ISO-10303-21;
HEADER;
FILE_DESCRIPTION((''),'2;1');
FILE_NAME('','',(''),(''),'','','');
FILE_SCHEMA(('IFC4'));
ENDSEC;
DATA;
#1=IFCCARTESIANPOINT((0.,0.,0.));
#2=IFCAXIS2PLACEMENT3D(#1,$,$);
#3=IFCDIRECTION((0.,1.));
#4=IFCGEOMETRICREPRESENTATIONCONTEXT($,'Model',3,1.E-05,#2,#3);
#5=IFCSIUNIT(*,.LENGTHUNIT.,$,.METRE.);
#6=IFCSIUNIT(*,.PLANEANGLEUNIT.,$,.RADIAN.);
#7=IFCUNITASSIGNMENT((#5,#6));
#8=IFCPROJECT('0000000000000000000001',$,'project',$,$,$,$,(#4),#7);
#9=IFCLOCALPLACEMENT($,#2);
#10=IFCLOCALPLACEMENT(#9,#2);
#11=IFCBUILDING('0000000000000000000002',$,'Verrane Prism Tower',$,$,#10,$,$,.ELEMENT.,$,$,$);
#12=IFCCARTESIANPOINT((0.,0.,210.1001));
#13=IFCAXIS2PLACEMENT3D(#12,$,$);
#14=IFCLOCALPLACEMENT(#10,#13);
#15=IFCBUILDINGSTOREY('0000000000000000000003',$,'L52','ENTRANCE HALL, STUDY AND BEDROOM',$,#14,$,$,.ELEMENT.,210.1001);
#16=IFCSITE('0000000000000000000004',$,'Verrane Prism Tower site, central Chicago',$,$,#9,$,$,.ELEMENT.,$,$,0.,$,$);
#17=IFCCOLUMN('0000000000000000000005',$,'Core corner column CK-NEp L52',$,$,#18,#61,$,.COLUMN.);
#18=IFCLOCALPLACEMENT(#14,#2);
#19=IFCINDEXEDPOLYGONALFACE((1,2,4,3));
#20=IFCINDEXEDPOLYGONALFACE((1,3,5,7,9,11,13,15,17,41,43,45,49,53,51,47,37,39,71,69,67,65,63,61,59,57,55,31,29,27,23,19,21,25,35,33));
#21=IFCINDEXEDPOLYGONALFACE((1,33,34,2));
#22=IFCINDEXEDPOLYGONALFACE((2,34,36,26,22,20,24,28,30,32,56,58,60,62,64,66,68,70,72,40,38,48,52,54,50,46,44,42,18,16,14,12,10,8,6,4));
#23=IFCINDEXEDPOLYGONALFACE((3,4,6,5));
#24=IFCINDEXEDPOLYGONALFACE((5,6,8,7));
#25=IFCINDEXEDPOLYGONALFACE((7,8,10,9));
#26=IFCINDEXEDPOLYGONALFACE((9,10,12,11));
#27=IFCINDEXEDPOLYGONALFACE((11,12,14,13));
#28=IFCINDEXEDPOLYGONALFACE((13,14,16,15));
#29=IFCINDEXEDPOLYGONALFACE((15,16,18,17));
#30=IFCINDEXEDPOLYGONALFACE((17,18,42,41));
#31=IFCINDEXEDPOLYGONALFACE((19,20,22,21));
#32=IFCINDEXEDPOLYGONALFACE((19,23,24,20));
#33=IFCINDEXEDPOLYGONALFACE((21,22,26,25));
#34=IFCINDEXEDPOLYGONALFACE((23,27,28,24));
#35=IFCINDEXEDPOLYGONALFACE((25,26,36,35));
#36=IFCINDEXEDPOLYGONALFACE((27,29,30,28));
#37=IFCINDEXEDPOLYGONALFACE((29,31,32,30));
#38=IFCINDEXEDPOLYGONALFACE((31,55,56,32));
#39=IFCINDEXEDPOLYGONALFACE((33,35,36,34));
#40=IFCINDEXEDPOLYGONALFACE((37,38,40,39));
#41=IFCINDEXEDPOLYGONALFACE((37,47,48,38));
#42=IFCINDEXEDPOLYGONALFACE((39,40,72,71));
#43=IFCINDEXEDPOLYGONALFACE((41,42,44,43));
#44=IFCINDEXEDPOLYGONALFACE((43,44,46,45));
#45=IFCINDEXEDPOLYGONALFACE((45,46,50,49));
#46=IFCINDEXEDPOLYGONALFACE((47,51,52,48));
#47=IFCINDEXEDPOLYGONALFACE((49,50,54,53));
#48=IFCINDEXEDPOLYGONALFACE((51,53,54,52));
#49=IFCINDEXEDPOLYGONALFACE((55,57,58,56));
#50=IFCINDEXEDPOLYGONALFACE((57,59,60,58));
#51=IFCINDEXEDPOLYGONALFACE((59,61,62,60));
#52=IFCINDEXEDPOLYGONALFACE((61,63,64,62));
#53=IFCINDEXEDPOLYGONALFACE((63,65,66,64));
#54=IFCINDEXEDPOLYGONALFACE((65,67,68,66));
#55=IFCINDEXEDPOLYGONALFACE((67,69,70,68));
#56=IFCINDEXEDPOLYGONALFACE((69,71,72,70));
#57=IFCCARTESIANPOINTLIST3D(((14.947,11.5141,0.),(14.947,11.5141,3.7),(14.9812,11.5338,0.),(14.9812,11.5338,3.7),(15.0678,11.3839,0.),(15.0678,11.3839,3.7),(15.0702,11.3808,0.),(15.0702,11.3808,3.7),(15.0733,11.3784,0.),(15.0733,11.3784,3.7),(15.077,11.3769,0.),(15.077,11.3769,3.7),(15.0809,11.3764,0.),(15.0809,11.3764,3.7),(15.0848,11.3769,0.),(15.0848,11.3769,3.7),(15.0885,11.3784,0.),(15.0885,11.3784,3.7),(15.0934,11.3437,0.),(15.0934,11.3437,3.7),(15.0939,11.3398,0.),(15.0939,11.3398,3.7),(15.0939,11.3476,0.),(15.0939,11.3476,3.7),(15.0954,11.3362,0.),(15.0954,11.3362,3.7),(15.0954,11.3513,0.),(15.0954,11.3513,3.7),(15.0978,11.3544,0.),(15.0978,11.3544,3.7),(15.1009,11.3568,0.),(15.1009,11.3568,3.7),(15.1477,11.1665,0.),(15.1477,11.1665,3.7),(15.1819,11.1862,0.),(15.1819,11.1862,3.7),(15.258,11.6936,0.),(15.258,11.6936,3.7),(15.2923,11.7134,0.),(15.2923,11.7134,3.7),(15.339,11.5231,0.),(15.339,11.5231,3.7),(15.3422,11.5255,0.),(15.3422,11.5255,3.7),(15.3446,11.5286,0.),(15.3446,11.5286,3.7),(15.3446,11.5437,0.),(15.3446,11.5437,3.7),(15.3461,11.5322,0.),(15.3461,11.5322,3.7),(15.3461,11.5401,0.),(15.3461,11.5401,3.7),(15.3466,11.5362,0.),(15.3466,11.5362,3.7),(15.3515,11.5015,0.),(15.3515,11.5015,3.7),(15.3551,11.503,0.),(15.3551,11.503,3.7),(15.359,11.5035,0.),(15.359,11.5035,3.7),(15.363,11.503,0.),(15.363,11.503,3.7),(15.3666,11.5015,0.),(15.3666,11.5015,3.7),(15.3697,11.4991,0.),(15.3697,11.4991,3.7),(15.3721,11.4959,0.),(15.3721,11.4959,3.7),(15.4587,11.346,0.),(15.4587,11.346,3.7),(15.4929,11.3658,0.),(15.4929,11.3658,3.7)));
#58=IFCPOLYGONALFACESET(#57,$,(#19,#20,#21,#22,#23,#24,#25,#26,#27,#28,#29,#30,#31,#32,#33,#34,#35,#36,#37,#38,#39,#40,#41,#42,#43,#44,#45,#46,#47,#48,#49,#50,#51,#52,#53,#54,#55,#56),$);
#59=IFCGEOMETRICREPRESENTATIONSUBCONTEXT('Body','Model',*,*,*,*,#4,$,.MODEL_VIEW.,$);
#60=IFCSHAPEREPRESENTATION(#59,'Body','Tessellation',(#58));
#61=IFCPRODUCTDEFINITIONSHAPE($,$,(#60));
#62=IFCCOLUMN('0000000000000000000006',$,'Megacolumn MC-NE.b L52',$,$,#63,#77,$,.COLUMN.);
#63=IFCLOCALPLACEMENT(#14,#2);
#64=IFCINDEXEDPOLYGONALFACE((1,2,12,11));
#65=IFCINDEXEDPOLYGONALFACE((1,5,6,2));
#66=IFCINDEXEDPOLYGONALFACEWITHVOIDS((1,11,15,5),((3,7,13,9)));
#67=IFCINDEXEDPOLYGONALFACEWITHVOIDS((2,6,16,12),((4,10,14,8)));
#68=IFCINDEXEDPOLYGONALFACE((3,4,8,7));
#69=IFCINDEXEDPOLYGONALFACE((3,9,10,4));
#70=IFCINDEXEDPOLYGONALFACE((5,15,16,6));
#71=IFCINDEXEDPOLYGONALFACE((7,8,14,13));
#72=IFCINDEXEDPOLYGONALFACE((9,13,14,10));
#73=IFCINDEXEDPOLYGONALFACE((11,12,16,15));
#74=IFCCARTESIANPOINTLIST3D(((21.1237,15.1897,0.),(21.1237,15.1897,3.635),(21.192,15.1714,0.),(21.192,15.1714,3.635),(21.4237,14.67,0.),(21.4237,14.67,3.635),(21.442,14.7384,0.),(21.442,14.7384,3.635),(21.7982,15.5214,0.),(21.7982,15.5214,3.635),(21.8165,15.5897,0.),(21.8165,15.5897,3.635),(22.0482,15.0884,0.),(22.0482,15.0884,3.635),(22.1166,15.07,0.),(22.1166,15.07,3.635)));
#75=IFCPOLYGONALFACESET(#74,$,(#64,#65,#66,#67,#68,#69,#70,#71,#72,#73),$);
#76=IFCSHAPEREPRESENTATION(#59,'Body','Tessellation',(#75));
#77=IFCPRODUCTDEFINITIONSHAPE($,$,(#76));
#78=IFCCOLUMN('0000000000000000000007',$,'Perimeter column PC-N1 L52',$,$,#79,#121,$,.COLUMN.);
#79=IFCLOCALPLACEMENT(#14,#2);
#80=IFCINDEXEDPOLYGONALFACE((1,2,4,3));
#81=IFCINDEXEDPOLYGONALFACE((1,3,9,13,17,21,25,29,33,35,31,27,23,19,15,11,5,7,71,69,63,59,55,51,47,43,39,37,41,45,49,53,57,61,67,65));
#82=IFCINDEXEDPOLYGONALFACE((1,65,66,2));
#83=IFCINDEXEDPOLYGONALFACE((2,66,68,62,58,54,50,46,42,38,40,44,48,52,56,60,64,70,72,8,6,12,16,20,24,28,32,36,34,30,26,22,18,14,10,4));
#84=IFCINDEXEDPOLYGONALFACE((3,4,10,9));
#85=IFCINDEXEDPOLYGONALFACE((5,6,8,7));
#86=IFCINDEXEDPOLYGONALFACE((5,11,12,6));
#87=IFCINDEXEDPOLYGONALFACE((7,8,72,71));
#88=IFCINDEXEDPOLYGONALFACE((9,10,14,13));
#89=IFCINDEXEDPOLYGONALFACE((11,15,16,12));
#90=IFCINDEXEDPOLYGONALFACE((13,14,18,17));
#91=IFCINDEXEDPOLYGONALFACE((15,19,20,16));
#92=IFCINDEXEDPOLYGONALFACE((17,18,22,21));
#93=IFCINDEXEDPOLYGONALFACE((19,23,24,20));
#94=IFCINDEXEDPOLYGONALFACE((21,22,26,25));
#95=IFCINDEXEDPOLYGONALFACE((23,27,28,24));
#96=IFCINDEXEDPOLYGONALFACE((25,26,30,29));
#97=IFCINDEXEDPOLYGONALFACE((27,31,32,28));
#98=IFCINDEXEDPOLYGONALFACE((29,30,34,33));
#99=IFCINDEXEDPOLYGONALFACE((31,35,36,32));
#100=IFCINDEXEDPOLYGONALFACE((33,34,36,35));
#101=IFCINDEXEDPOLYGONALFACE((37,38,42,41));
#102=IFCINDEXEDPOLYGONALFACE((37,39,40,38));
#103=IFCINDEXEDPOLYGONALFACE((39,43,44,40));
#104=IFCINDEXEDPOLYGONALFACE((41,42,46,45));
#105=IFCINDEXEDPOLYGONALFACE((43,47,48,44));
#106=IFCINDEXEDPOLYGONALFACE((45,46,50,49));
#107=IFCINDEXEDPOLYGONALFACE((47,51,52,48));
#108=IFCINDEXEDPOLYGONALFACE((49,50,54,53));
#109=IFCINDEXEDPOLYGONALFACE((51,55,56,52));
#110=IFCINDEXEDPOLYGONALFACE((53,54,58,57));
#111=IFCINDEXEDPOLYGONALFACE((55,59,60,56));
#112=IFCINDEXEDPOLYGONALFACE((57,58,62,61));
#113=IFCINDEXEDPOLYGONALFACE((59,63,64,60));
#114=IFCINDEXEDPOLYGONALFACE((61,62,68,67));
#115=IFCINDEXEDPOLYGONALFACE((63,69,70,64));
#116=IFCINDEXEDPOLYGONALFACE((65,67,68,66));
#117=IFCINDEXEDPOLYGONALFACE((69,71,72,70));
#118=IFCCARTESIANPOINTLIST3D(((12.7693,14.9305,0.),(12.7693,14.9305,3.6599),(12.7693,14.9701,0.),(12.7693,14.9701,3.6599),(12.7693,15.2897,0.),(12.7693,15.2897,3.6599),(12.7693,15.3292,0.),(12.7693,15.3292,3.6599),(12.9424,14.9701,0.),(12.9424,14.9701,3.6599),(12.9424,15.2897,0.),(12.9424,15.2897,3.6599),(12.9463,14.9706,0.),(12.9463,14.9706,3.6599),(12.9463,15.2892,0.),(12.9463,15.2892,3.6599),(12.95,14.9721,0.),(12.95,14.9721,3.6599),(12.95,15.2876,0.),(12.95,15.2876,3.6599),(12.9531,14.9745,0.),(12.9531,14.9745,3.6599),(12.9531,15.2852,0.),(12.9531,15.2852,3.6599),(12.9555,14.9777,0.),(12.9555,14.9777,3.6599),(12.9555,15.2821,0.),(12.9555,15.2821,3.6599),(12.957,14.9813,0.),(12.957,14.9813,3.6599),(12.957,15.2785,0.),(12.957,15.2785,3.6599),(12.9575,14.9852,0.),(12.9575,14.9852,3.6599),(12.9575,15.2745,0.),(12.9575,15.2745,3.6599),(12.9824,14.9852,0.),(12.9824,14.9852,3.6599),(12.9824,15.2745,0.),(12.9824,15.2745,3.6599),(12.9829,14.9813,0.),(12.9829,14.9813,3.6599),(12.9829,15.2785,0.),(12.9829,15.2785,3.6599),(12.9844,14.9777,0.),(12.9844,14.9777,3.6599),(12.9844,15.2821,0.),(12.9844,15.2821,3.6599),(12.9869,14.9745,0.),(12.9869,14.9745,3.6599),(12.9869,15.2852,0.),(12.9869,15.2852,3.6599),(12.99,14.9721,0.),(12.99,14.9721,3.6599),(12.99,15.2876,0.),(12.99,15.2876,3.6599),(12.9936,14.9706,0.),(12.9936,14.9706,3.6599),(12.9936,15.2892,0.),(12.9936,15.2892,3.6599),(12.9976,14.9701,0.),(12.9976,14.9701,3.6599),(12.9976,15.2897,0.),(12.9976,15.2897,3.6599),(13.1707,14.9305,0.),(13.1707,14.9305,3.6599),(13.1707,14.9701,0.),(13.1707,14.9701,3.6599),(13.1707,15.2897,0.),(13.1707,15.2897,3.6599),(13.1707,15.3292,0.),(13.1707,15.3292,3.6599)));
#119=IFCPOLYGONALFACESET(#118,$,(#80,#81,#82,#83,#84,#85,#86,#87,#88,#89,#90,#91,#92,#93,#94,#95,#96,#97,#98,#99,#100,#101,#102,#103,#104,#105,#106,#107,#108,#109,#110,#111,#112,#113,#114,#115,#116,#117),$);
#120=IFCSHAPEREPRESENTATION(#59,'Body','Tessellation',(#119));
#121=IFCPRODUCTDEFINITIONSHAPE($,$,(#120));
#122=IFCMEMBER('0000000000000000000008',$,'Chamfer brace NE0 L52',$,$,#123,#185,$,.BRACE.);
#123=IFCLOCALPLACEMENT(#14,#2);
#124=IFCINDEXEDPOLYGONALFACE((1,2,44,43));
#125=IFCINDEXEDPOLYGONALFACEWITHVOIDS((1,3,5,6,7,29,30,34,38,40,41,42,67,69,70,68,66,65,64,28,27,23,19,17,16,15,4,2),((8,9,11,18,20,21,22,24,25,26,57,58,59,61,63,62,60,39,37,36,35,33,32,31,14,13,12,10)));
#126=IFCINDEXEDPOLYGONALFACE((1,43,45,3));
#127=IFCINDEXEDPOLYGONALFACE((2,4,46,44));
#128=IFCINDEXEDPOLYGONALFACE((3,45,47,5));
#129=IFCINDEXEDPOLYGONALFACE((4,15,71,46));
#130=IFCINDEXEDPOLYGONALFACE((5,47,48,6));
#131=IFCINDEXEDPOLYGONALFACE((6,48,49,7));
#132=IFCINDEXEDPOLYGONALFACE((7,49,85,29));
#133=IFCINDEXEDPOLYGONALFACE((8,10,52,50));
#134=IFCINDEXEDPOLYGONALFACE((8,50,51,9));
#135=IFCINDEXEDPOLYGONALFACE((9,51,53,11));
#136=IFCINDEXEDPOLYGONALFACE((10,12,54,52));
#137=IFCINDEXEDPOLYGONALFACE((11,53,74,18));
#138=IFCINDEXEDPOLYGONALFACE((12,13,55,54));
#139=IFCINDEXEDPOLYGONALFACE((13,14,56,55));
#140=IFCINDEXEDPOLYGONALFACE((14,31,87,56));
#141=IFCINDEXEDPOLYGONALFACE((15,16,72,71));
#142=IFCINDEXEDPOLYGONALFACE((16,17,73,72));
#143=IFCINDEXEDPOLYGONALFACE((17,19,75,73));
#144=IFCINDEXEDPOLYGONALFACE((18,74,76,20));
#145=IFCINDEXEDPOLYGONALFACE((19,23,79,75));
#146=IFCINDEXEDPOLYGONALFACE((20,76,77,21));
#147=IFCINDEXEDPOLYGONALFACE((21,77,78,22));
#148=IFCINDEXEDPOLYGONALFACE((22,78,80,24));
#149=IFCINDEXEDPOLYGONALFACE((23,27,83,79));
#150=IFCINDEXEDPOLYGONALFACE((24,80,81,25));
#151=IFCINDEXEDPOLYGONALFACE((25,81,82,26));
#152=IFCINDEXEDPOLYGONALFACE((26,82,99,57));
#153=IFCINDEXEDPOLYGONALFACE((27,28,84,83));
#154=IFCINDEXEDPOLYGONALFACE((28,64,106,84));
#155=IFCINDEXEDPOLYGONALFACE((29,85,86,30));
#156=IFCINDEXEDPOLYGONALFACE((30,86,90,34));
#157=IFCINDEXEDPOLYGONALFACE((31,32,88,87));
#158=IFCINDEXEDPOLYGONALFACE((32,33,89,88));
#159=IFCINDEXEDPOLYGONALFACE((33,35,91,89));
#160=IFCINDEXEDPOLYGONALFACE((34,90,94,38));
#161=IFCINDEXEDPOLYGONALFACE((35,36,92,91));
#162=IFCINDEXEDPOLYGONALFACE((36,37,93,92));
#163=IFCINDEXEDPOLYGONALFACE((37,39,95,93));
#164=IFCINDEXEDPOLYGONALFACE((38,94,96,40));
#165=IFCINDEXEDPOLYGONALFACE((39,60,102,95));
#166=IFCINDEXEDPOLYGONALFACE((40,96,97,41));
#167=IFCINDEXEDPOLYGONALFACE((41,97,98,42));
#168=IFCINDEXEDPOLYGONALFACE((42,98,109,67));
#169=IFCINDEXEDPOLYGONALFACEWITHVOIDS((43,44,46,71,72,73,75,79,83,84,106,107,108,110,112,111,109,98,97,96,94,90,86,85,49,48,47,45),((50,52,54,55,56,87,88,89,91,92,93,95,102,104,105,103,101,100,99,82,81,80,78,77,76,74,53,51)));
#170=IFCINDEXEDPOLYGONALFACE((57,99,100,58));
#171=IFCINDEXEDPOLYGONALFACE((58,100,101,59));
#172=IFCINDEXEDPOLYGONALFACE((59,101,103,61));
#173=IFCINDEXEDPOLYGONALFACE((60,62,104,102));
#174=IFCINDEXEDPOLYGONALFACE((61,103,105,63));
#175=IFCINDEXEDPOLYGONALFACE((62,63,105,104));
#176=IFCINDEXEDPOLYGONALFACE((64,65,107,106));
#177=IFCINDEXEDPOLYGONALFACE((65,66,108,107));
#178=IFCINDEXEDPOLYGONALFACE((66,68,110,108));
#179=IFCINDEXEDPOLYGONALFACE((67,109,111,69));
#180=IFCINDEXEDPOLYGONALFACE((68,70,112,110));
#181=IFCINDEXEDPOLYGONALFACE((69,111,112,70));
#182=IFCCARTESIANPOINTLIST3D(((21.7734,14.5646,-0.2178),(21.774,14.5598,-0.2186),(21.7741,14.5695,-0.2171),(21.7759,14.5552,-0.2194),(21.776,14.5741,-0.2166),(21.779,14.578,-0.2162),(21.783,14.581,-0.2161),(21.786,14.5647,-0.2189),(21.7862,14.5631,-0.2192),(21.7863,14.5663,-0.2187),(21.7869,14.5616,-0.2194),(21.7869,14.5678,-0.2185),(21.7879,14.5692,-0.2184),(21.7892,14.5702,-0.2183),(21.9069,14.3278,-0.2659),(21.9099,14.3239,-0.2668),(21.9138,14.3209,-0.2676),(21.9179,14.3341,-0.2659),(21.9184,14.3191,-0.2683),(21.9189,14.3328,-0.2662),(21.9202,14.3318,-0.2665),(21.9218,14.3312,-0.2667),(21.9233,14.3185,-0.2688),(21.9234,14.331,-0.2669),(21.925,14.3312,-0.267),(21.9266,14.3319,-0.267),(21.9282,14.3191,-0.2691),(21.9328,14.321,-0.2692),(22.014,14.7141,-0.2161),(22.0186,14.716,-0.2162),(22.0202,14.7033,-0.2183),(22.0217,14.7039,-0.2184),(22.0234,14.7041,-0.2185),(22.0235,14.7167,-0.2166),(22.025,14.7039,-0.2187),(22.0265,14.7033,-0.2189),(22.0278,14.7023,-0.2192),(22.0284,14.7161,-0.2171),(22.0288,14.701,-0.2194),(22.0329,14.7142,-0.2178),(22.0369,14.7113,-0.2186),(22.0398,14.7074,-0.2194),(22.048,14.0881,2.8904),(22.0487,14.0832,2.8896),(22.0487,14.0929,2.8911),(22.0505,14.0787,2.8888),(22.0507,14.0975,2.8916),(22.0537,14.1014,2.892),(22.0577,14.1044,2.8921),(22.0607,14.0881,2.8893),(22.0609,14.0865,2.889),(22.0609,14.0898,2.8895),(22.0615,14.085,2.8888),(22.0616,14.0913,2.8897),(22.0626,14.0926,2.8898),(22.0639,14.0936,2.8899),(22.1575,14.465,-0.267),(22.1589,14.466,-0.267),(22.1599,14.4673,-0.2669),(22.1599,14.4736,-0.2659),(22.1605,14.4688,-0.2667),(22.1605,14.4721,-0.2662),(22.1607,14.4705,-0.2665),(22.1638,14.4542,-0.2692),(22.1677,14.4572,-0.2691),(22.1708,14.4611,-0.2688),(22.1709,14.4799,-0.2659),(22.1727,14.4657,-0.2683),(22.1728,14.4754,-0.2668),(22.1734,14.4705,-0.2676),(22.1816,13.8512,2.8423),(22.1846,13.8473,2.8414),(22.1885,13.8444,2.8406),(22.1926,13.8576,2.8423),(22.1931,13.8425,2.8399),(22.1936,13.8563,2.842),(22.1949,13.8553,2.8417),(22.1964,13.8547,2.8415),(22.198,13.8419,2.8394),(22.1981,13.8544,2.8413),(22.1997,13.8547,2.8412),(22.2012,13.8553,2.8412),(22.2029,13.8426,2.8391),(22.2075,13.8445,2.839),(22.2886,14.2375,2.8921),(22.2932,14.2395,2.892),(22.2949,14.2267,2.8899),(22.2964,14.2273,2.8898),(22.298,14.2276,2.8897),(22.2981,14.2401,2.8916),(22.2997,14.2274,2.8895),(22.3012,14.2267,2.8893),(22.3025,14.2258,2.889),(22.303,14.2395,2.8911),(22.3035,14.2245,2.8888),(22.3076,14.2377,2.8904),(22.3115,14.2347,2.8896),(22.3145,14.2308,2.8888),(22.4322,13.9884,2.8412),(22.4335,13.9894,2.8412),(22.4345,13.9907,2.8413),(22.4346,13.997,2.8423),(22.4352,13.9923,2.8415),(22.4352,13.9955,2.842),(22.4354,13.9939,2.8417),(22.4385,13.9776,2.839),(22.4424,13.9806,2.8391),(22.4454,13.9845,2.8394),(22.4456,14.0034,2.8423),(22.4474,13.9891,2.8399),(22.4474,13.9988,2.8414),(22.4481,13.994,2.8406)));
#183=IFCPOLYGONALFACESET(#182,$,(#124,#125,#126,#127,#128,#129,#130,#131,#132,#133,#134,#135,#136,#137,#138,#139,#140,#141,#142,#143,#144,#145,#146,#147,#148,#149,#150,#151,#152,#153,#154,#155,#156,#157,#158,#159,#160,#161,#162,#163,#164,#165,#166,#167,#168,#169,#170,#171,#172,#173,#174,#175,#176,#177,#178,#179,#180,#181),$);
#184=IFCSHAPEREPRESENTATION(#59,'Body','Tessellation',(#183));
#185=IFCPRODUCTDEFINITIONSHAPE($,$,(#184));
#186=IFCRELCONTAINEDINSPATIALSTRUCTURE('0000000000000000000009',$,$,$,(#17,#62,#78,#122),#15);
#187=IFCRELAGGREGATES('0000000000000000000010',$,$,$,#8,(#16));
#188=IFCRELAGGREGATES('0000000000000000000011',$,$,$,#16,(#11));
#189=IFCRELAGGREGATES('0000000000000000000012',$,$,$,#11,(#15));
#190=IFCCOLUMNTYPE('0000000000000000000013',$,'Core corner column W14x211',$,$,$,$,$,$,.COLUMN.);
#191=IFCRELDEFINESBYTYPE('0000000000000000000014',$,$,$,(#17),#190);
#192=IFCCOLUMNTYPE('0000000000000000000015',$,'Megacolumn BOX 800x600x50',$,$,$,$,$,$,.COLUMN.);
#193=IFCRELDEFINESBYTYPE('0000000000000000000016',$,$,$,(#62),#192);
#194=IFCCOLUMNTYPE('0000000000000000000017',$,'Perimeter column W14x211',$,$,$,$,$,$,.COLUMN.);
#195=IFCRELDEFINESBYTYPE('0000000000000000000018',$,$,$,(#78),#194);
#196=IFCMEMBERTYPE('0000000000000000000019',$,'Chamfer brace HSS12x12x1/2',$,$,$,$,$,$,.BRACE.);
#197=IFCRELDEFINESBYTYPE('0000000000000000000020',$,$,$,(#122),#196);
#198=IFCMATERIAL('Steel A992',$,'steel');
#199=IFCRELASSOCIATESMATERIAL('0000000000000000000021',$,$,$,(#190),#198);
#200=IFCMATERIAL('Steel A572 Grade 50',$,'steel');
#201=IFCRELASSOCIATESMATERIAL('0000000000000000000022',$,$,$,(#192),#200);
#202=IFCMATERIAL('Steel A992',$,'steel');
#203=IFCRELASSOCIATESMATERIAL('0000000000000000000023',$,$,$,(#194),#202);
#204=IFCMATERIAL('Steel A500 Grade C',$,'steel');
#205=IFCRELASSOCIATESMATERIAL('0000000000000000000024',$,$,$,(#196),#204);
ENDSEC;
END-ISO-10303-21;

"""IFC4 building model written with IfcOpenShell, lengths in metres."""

from ifc_helpers import new_model, si_unit, direction, frame, origin, origin_2d, place, context, subcontext, project, spatial, hollow_rectangle, i_section, extrude, material, material_profile, profile_set, type_object, element, save


model = new_model("IFC4")

# Units and contexts
model_context = context("Model", 3, precision=1e-05, world=origin(), true_north=direction((0.0, 1.0)))
body_context = subcontext(model_context, "Body", "Model", "MODEL_VIEW")
ifc_project = project(units=[si_unit("LENGTHUNIT", "METRE"), si_unit("PLANEANGLEUNIT", "RADIAN")], contexts=[model_context])

# Site, building, storey
site_placement = place(None, origin())
site = spatial("IfcSite", under=ifc_project, at=site_placement, Name="Verrane Prism Tower site, central Chicago", CompositionType="ELEMENT", RefElevation=0.0)
building_placement = place(site_placement, origin())
building = spatial("IfcBuilding", under=site, at=building_placement, Name="Verrane Prism Tower", CompositionType="ELEMENT")
storey_placement = place(building_placement, frame((0.0, 0.0, 210.1001)))
storey = spatial("IfcBuildingStorey", under=building, at=storey_placement, Name="L52", Description="ENTRANCE HALL, STUDY AND BEDROOM", CompositionType="ELEMENT", Elevation=210.1001)

# Columns
ifc_material_1 = material(Name="Steel A992", Category="steel")
ifc_material_profile_1 = material_profile(ifc_material_1, i_section(OverallWidth=0.4014, OverallDepth=0.3987, WebThickness=0.0249, FlangeThickness=0.0396, FilletRadius=0.0151, at=origin_2d()), Name="W14x211")
ifc_profile_set_1 = profile_set([ifc_material_profile_1], Name="Steel A992")
column_type_1 = type_object("IfcColumnType", Name="Core corner column W14x211", PredefinedType="COLUMN", material=ifc_profile_set_1)
column_1_placement = place(storey_placement, frame((15.22, 11.4399, 0.0), z_axis=(0.0, 0.0, 1.0), x_axis=(0.5, -0.866025, 0.0)))
element("IfcColumn", 1, at=column_1_placement, inside=storey, type_object=column_type_1, Name="Core corner column CK-NEp L52", PredefinedType="COLUMN", context=body_context, shape_type="SweptSolid", body=[
    extrude(i_section(OverallWidth=0.4014, OverallDepth=0.3987, WebThickness=0.0249, FlangeThickness=0.0396, FilletRadius=0.0151, at=origin_2d()), origin(), (0.0, 0.0, 1.0), 3.7),
])
ifc_material_2 = material(Name="Steel A572 Grade 50", Category="steel")
ifc_material_profile_2 = material_profile(ifc_material_2, hollow_rectangle(XDim=0.6001, YDim=0.8, WallThickness=0.05, at=origin_2d()), Name="BOX 800x600x50")
ifc_profile_set_2 = profile_set([ifc_material_profile_2], Name="Steel A572 Grade 50")
column_type_2 = type_object("IfcColumnType", Name="Megacolumn BOX 800x600x50", PredefinedType="COLUMN", material=ifc_profile_set_2)
column_2_placement = place(storey_placement, frame((21.6201, 15.1299, 0.0), z_axis=(0.0, 0.0, 1.0), x_axis=(0.5, -0.866025, 0.0)))
element("IfcColumn", 2, at=column_2_placement, inside=storey, type_object=column_type_2, Name="Megacolumn MC-NE.b L52", PredefinedType="COLUMN", context=body_context, shape_type="SweptSolid", body=[
    extrude(hollow_rectangle(XDim=0.6001, YDim=0.8, WallThickness=0.05, at=origin_2d()), origin(), (0.0, 0.0, 1.0), 3.635),
])
ifc_material_3 = material(Name="Steel A992", Category="steel")
ifc_material_profile_3 = material_profile(ifc_material_3, i_section(OverallWidth=0.4014, OverallDepth=0.3987, WebThickness=0.0249, FlangeThickness=0.0396, FilletRadius=0.0151, at=origin_2d()), Name="W14x211")
ifc_profile_set_3 = profile_set([ifc_material_profile_3], Name="Steel A992")
column_type_3 = type_object("IfcColumnType", Name="Perimeter column W14x211", PredefinedType="COLUMN", material=ifc_profile_set_3)
column_3_placement = place(storey_placement, frame((12.97, 15.1299, 0.0), z_axis=(0.0, 0.0, 1.0), x_axis=(1.0, 0.0, 0.0)))
element("IfcColumn", 3, at=column_3_placement, inside=storey, type_object=column_type_3, Name="Perimeter column PC-N1 L52", PredefinedType="COLUMN", context=body_context, shape_type="SweptSolid", body=[
    extrude(i_section(OverallWidth=0.4014, OverallDepth=0.3987, WebThickness=0.0249, FlangeThickness=0.0396, FilletRadius=0.0151, at=origin_2d()), origin(), (0.0, 0.0, 1.0), 3.6599),
])

# Member
ifc_material_4 = material(Name="Steel A500 Grade C", Category="steel")
ifc_material_profile_4 = material_profile(ifc_material_4, hollow_rectangle(XDim=0.3047, YDim=0.3047, WallThickness=0.0127, InnerFilletRadius=0.0063, OuterFilletRadius=0.019, at=origin_2d()), Name="HSS12x12x1/2")
ifc_profile_set_4 = profile_set([ifc_material_profile_4], Name="Steel A500 Grade C")
member_type_1 = type_object("IfcMemberType", Name="Chamfer brace HSS12x12x1/2", PredefinedType="BRACE", material=ifc_profile_set_4)
member_1_placement = place(storey_placement, frame((21.9734, 14.5176, -0.2427), z_axis=(0.087015, -0.150981, 0.9847), x_axis=(0.866407, 0.499338, 0.0)))
element("IfcMember", 4, at=member_1_placement, inside=storey, type_object=member_type_1, Name="Chamfer brace NE0 L52", PredefinedType="BRACE", context=body_context, shape_type="SweptSolid", body=[
    extrude(hollow_rectangle(XDim=0.3047, YDim=0.3047, WallThickness=0.0127, InnerFilletRadius=0.0063, OuterFilletRadius=0.019, at=origin_2d()), origin(), (0.0, 0.0, 1.0), 3.1565),
])

save(model, "model.ifc")
